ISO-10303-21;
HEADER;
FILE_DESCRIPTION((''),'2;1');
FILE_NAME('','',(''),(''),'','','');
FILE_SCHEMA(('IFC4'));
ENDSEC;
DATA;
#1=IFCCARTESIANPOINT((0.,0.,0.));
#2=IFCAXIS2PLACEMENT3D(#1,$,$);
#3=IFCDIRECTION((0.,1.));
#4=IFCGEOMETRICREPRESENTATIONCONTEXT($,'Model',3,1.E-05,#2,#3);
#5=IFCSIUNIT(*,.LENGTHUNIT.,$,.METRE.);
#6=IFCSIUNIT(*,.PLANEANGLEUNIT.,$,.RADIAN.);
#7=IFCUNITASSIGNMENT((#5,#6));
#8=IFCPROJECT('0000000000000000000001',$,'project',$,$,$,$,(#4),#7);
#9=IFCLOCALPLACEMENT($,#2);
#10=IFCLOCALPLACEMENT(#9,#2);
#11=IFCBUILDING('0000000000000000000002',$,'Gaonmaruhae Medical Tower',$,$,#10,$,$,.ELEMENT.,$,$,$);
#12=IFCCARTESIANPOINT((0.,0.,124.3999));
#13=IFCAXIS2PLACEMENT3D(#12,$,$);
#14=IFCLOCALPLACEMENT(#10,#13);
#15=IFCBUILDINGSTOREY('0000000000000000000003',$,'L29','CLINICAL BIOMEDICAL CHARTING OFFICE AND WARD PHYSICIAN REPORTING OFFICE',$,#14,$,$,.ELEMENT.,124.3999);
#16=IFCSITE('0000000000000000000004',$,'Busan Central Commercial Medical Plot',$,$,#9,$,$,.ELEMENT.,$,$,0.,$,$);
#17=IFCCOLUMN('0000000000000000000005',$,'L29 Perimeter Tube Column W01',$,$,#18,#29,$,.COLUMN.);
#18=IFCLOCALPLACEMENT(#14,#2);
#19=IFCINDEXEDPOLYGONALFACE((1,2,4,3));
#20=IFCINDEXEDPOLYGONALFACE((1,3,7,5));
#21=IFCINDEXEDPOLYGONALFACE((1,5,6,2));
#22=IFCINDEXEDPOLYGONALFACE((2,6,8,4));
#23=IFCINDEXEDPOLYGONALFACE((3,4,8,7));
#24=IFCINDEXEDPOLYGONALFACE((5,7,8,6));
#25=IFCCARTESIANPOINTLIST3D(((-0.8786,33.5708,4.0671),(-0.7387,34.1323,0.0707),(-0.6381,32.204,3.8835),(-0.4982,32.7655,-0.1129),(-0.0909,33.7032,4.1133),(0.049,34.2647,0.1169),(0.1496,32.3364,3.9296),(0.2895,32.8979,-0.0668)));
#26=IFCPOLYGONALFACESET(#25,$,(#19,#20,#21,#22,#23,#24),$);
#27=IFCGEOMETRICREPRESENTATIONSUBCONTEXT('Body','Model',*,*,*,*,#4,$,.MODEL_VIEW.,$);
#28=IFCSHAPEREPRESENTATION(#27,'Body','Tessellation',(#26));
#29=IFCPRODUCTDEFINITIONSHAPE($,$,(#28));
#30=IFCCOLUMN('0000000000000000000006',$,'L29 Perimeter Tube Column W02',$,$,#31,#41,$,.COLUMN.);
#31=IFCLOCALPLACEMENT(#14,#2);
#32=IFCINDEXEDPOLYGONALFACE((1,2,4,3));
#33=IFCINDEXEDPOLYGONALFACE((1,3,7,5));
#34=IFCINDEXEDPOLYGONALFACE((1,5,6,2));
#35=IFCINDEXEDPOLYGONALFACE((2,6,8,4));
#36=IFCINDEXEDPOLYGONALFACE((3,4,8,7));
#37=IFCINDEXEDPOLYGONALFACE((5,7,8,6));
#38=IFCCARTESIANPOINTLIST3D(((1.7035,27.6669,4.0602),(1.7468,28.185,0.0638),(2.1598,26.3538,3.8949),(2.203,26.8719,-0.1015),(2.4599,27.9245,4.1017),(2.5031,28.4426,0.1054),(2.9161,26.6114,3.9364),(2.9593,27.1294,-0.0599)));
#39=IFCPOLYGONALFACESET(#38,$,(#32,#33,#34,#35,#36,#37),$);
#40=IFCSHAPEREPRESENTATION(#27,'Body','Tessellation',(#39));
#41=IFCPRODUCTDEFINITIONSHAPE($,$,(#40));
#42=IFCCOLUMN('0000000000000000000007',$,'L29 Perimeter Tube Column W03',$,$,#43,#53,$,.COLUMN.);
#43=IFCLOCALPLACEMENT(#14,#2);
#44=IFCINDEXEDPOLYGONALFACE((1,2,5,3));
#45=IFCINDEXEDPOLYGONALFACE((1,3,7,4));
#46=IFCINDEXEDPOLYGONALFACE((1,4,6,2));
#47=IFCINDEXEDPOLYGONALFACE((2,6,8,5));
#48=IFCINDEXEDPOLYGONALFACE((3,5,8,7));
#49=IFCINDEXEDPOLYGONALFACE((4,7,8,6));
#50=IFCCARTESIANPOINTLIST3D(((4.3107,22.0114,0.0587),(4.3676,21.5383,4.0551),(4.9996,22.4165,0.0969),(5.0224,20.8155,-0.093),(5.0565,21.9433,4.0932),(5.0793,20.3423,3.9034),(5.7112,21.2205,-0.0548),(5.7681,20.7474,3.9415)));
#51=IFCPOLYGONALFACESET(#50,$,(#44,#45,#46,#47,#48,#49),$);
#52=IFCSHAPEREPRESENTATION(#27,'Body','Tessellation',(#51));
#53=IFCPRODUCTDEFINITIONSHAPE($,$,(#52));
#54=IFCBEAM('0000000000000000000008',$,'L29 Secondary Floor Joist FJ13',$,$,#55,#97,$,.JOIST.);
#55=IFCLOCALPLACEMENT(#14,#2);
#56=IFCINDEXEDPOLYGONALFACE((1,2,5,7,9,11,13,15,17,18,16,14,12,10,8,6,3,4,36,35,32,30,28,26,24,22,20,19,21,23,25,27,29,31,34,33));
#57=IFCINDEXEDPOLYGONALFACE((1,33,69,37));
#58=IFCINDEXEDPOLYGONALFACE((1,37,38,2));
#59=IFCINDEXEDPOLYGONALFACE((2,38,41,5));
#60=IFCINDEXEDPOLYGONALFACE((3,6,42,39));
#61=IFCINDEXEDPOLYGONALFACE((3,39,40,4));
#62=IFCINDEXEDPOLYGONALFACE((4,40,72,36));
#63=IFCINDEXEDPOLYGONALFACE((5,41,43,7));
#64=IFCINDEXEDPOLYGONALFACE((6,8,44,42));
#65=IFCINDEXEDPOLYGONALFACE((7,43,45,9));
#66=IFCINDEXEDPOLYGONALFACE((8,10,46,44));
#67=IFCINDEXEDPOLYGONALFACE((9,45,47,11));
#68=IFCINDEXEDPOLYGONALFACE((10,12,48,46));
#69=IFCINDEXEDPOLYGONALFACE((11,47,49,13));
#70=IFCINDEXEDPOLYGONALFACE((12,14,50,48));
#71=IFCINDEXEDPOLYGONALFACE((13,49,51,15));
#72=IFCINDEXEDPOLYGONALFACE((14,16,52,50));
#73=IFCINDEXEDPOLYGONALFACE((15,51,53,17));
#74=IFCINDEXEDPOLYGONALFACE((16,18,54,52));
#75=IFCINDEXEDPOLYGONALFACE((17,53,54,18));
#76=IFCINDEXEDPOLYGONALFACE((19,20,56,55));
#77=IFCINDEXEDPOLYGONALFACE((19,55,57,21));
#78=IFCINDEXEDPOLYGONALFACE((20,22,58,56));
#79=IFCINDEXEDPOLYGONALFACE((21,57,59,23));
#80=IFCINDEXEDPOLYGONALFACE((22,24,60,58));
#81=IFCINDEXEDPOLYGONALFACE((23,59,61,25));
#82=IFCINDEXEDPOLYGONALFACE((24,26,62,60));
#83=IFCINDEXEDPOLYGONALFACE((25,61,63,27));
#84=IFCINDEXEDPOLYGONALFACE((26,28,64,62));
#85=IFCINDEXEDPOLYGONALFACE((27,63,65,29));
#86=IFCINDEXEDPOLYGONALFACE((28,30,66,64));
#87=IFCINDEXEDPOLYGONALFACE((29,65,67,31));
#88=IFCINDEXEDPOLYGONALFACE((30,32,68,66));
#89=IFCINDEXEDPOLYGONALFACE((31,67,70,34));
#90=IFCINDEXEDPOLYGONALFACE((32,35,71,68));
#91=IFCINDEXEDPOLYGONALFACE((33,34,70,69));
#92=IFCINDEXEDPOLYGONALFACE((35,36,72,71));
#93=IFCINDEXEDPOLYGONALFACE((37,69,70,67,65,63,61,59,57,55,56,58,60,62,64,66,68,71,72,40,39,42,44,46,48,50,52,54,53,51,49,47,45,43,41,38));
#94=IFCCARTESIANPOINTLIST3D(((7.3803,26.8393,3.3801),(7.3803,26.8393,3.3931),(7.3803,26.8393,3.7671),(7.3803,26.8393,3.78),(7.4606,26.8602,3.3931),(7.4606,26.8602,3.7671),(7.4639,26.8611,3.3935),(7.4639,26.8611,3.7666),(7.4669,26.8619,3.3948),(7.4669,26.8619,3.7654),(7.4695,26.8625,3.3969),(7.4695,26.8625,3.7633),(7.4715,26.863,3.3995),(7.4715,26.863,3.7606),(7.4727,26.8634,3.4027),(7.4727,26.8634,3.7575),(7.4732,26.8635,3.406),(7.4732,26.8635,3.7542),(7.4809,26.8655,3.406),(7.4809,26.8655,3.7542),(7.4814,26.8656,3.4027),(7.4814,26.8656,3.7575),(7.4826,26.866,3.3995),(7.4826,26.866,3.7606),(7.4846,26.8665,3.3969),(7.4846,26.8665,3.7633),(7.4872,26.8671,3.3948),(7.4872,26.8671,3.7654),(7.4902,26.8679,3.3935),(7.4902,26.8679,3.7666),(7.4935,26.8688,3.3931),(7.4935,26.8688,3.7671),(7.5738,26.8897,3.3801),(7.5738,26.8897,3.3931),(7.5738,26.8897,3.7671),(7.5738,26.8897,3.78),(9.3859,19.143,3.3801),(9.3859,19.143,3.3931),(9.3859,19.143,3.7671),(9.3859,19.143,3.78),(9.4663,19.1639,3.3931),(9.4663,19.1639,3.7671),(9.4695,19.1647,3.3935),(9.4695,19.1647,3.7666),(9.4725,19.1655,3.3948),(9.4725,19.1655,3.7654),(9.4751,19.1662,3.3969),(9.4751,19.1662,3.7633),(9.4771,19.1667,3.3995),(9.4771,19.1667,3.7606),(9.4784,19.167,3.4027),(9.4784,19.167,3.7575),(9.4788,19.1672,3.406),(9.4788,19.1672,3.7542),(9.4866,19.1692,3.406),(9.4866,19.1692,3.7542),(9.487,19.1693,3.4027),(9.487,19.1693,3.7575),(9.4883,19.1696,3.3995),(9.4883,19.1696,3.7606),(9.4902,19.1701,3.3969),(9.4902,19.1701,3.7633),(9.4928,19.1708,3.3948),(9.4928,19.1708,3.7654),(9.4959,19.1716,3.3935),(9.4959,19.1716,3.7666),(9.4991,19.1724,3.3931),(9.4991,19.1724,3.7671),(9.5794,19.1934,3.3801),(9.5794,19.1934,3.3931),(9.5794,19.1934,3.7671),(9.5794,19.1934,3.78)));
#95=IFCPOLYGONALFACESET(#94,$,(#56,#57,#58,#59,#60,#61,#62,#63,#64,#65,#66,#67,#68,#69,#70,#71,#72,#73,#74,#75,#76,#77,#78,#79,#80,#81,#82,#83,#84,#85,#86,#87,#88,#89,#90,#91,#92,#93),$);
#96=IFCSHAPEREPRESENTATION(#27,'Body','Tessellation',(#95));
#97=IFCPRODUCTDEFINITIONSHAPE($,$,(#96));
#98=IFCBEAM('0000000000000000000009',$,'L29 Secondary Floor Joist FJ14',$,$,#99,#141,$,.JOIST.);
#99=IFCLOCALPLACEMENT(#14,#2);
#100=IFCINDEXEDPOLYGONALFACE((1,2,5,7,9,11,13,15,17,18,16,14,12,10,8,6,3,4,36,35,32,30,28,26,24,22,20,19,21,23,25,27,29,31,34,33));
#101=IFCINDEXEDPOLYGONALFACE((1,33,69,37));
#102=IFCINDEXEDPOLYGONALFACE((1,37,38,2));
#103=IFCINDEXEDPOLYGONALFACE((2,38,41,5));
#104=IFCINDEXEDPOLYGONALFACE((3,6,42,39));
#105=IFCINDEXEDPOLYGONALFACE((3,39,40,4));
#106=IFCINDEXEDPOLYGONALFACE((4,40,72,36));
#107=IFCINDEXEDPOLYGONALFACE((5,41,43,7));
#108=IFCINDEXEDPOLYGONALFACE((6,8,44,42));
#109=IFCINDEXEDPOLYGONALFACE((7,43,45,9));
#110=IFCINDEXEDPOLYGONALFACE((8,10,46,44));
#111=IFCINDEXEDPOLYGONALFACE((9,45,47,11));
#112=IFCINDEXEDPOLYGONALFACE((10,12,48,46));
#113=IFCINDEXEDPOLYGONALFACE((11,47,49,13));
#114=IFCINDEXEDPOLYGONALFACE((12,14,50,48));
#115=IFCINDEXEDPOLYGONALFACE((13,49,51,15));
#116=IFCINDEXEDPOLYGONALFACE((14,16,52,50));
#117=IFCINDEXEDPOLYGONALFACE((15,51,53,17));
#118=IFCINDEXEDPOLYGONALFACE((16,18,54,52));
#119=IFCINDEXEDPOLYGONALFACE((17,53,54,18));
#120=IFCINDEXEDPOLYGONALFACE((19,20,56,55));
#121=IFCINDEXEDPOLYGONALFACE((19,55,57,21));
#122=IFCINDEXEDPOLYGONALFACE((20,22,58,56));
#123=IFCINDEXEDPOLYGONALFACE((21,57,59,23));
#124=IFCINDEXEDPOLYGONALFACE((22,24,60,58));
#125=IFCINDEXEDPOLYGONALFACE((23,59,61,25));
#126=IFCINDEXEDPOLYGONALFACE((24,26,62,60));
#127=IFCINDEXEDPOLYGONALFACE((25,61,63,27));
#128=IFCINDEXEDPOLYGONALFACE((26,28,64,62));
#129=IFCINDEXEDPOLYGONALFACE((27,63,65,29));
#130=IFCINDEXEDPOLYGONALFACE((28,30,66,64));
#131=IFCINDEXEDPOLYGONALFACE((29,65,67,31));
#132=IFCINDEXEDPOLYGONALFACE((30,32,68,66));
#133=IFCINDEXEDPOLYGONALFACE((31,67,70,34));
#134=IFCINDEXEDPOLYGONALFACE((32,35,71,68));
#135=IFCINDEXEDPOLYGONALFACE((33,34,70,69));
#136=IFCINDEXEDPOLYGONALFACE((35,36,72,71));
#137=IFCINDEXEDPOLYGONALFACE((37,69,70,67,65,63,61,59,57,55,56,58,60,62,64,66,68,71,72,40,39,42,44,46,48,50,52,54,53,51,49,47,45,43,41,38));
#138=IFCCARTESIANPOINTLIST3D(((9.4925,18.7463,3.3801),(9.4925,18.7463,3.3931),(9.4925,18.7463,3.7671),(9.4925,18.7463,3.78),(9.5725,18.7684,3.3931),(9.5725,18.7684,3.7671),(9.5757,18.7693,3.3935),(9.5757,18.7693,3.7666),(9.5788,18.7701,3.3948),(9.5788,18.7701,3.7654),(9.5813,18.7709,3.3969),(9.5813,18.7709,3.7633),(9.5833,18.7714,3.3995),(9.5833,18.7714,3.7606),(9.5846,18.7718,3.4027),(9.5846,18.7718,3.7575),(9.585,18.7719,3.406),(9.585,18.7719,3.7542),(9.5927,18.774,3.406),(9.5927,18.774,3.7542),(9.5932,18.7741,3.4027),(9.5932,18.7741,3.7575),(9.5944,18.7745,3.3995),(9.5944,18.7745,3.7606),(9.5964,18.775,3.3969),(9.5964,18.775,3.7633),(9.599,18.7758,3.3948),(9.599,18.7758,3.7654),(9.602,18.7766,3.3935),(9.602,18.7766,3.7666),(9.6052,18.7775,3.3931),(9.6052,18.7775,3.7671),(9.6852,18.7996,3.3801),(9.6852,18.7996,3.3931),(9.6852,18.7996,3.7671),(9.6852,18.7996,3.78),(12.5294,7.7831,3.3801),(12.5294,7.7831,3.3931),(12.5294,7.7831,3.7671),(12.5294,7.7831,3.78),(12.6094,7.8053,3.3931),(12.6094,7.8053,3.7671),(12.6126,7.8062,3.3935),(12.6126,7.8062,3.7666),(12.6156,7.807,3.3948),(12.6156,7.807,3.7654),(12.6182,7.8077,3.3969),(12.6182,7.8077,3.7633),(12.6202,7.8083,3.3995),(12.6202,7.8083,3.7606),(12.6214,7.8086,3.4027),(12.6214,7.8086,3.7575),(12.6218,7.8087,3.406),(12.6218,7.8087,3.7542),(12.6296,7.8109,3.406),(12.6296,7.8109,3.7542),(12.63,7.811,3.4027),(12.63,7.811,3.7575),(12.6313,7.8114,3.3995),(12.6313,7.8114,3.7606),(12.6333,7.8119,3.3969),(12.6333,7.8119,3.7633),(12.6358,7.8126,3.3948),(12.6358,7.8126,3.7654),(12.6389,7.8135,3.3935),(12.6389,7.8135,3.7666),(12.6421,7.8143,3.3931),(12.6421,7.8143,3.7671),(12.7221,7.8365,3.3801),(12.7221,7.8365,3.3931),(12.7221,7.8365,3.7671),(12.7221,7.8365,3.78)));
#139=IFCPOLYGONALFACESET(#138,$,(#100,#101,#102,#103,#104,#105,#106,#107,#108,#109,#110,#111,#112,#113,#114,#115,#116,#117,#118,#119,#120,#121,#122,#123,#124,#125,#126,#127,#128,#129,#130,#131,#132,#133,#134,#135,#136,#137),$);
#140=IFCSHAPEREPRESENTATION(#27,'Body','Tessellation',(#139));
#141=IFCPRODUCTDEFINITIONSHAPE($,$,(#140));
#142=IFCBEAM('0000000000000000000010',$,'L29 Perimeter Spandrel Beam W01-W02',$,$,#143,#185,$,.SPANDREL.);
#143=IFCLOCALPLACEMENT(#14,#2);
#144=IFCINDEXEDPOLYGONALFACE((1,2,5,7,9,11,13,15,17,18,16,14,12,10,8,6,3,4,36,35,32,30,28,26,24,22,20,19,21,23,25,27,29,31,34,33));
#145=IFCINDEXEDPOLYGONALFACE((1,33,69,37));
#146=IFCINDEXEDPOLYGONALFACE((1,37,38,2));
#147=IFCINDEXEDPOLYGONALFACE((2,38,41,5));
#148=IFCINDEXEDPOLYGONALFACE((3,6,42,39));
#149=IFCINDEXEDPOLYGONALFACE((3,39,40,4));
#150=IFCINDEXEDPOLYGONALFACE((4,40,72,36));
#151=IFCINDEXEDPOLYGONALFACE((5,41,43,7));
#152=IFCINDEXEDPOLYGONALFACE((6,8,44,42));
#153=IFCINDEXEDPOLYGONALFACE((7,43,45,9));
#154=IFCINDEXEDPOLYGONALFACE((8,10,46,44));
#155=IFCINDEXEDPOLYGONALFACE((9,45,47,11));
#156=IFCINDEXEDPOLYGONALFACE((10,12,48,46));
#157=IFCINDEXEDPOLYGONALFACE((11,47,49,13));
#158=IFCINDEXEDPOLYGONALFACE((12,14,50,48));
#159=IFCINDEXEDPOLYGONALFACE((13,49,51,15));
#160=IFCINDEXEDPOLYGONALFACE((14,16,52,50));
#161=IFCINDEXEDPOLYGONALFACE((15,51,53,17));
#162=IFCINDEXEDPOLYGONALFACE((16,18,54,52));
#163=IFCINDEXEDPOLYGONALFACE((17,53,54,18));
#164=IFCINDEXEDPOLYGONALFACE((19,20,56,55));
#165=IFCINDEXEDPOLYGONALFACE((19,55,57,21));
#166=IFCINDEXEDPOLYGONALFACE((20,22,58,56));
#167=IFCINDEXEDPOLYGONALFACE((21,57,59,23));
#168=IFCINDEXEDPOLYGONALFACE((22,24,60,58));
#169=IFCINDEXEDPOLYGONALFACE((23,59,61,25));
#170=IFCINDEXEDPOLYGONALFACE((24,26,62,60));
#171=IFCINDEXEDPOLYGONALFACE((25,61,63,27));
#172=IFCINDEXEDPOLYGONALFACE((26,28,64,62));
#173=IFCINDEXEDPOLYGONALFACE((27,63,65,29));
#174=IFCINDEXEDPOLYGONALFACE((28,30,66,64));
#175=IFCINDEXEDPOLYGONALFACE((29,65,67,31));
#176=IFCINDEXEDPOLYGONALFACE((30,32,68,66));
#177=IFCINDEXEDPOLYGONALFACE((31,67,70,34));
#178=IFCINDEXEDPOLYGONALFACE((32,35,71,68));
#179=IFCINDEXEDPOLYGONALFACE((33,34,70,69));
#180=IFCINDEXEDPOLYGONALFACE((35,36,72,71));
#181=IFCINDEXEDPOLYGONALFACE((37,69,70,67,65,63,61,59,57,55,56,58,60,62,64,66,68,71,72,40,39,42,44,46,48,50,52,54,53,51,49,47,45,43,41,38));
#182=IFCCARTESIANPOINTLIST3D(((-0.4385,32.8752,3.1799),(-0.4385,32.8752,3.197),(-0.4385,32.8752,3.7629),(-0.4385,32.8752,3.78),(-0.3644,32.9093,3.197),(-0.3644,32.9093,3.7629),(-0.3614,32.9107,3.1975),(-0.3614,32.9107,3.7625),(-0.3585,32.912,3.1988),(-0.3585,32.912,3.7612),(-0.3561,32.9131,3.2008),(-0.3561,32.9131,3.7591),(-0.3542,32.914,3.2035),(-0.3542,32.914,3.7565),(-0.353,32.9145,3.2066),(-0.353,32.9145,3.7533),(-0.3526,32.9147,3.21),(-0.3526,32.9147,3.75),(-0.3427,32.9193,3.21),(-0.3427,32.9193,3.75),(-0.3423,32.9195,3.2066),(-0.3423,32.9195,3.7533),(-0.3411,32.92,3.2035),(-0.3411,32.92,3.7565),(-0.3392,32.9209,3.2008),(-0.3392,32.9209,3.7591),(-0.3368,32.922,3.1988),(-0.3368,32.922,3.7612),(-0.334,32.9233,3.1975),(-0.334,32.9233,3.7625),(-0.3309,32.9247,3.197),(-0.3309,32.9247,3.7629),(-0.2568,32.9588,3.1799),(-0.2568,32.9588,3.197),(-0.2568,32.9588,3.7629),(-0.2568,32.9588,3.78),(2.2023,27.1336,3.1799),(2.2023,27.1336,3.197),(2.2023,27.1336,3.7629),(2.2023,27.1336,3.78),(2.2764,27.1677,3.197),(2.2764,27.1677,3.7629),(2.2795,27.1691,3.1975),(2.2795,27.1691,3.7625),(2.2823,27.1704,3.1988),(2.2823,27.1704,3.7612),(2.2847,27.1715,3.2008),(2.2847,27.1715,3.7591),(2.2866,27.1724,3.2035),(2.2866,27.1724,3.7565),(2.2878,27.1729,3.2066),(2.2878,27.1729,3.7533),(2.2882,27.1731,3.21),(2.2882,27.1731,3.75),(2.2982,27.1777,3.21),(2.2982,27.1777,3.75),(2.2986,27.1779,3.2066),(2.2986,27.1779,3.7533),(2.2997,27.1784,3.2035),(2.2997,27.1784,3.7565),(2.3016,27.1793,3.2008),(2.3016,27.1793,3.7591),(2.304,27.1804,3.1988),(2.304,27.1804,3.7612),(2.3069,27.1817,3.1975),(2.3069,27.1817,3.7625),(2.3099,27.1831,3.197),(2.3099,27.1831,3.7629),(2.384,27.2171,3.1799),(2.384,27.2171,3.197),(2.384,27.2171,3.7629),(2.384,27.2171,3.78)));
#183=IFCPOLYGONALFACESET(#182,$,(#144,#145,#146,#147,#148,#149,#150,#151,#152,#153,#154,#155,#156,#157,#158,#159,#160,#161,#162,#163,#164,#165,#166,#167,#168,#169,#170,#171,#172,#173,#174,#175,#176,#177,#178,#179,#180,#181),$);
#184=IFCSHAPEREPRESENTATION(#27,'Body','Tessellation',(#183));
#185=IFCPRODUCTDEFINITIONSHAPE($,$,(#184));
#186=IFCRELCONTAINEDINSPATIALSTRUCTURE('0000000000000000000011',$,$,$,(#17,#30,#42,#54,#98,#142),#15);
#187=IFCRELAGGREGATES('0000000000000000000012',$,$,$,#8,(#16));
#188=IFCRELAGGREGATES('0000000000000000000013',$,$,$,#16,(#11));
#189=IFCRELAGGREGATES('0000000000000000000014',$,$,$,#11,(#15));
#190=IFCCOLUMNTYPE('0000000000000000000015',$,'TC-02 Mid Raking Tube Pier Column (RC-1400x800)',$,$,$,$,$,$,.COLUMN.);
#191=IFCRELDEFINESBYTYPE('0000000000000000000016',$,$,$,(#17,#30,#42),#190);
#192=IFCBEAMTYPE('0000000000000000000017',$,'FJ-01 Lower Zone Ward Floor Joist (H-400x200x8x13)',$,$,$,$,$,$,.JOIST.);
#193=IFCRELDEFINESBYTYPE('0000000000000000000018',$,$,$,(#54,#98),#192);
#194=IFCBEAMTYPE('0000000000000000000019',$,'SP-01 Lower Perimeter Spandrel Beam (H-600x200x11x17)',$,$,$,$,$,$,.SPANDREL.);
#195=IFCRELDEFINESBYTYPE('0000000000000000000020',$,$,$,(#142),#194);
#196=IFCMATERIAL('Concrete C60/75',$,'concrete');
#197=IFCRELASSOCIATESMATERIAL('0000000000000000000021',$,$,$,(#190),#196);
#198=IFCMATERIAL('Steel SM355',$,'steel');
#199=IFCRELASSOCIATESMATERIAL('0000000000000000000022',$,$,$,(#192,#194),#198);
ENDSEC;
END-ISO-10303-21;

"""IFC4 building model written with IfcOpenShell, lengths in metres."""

from ifc_helpers import new_model, si_unit, direction, frame, origin, origin_2d, place, context, subcontext, project, spatial, rectangle, i_section, extrude, material, material_profile, profile_set, type_object, element, save


model = new_model("IFC4")

# Units and contexts
model_context = context("Model", 3, precision=1e-05, world=origin(), true_north=direction((0.0, 1.0)))
body_context = subcontext(model_context, "Body", "Model", "MODEL_VIEW")
ifc_project = project(units=[si_unit("LENGTHUNIT", "METRE"), si_unit("PLANEANGLEUNIT", "RADIAN")], contexts=[model_context])

# Site, building, storey
site_placement = place(None, origin())
site = spatial("IfcSite", under=ifc_project, at=site_placement, Name="Busan Central Commercial Medical Plot", CompositionType="ELEMENT", RefElevation=0.0)
building_placement = place(site_placement, origin())
building = spatial("IfcBuilding", under=site, at=building_placement, Name="Gaonmaruhae Medical Tower", CompositionType="ELEMENT")
storey_placement = place(building_placement, frame((0.0, 0.0, 124.3999)))
storey = spatial("IfcBuildingStorey", under=building, at=storey_placement, Name="L29", Description="CLINICAL BIOMEDICAL CHARTING OFFICE AND WARD PHYSICIAN REPORTING OFFICE", CompositionType="ELEMENT", Elevation=124.3999)

# Columns
ifc_material_1 = material(Name="Concrete C60/75", Category="concrete")
ifc_material_profile_1 = material_profile(ifc_material_1, rectangle(XDim=1.3999, YDim=0.8, at=origin_2d()), Name="RC-1400x800")
ifc_profile_set_1 = profile_set([ifc_material_profile_1], Name="Concrete C60/75")
column_type = type_object("IfcColumnType", Name="TC-02 Mid Raking Tube Pier Column (RC-1400x800)", PredefinedType="COLUMN", material=ifc_profile_set_1)
column_1_placement = place(storey_placement, frame((-0.2246, 33.5151, 0.002), z_axis=(-0.034644, -0.139059, 0.989678), x_axis=(-0.171817, 0.976357, 0.131173)))
element("IfcColumn", 1, at=column_1_placement, inside=storey, type_object=column_type, Name="L29 Perimeter Tube Column W01", PredefinedType="COLUMN", context=body_context, shape_type="SweptSolid", body=[
    extrude(rectangle(XDim=1.3999, YDim=0.8, at=origin_2d()), origin(), (0.0, 0.0, 1.0), 4.0381),
])
column_2_placement = place(storey_placement, frame((2.353, 27.6572, 0.002), z_axis=(-0.010723, -0.128552, 0.991645), x_axis=(-0.325905, 0.938, 0.118074)))
element("IfcColumn", 2, at=column_2_placement, inside=storey, type_object=column_type, Name="L29 Perimeter Tube Column W02", PredefinedType="COLUMN", context=body_context, shape_type="SweptSolid", body=[
    extrude(rectangle(XDim=1.3999, YDim=0.8, at=origin_2d()), origin(), (0.0, 0.0, 1.0), 4.03),
])
column_3_placement = place(storey_placement, frame((5.011, 21.616, 0.002), z_axis=(0.014134, -0.117562, 0.992965), x_axis=(-0.508357, 0.854299, 0.10838)))
element("IfcColumn", 3, at=column_3_placement, inside=storey, type_object=column_type, Name="L29 Perimeter Tube Column W03", PredefinedType="COLUMN", context=body_context, shape_type="SweptSolid", body=[
    extrude(rectangle(XDim=1.3999, YDim=0.8, at=origin_2d()), origin(), (0.0, 0.0, 1.0), 4.0247),
])

# Beams
ifc_material_2 = material(Name="Steel SM355", Category="steel")
ifc_material_profile_2 = material_profile(ifc_material_2, i_section(OverallWidth=0.2, OverallDepth=0.3999, WebThickness=0.0081, FlangeThickness=0.0129, FilletRadius=0.0129, at=origin_2d()), Name="H-400x200x8x13")
ifc_profile_set_2 = profile_set([ifc_material_profile_2], Name="Steel SM355")
beam_type_1 = type_object("IfcBeamType", Name="FJ-01 Lower Zone Ward Floor Joist (H-400x200x8x13)", PredefinedType="JOIST", material=ifc_profile_set_2)
beam_1_placement = place(storey_placement, frame((7.4771, 26.8645, 3.5801), z_axis=(0.252173, -0.967682, 0.0), x_axis=(0.967682, 0.252173, 0.0)))
element("IfcBeam", 4, at=beam_1_placement, inside=storey, type_object=beam_type_1, Name="L29 Secondary Floor Joist FJ13", PredefinedType="JOIST", context=body_context, shape_type="SweptSolid", body=[
    extrude(i_section(OverallWidth=0.2, OverallDepth=0.3999, WebThickness=0.0081, FlangeThickness=0.0129, FilletRadius=0.0129, at=origin_2d()), origin(), (0.0, 0.0, 1.0), 7.9534),
])
beam_2_placement = place(storey_placement, frame((9.5889, 18.7729, 3.5801), z_axis=(0.266954, -0.963709, 0.0), x_axis=(0.963709, 0.266954, 0.0)))
element("IfcBeam", 5, at=beam_2_placement, inside=storey, type_object=beam_type_1, Name="L29 Secondary Floor Joist FJ14", PredefinedType="JOIST", context=body_context, shape_type="SweptSolid", body=[
    extrude(i_section(OverallWidth=0.2, OverallDepth=0.3999, WebThickness=0.0081, FlangeThickness=0.0129, FilletRadius=0.0129, at=origin_2d()), origin(), (0.0, 0.0, 1.0), 11.376),
])
ifc_material_profile_3 = material_profile(ifc_material_2, i_section(OverallWidth=0.2, OverallDepth=0.6001, WebThickness=0.011, FlangeThickness=0.0171, FilletRadius=0.0129, at=origin_2d()), Name="H-600x200x11x17")
ifc_profile_set_3 = profile_set([ifc_material_profile_3], Name="Steel SM355")
beam_type_2 = type_object("IfcBeamType", Name="SP-01 Lower Perimeter Spandrel Beam (H-600x200x11x17)", PredefinedType="SPANDREL", material=ifc_profile_set_3)
beam_3_placement = place(storey_placement, frame((-0.3477, 32.917, 3.48), z_axis=(0.417865, -0.908509, 0.0), x_axis=(0.908509, 0.417865, 0.0)))
element("IfcBeam", 6, at=beam_3_placement, inside=storey, type_object=beam_type_2, Name="L29 Perimeter Spandrel Beam W01-W02", PredefinedType="SPANDREL", context=body_context, shape_type="SweptSolid", body=[
    extrude(i_section(OverallWidth=0.2, OverallDepth=0.6001, WebThickness=0.011, FlangeThickness=0.0171, FilletRadius=0.0129, at=origin_2d()), origin(), (0.0, 0.0, 1.0), 6.3198),
])

save(model, "model.ifc")
